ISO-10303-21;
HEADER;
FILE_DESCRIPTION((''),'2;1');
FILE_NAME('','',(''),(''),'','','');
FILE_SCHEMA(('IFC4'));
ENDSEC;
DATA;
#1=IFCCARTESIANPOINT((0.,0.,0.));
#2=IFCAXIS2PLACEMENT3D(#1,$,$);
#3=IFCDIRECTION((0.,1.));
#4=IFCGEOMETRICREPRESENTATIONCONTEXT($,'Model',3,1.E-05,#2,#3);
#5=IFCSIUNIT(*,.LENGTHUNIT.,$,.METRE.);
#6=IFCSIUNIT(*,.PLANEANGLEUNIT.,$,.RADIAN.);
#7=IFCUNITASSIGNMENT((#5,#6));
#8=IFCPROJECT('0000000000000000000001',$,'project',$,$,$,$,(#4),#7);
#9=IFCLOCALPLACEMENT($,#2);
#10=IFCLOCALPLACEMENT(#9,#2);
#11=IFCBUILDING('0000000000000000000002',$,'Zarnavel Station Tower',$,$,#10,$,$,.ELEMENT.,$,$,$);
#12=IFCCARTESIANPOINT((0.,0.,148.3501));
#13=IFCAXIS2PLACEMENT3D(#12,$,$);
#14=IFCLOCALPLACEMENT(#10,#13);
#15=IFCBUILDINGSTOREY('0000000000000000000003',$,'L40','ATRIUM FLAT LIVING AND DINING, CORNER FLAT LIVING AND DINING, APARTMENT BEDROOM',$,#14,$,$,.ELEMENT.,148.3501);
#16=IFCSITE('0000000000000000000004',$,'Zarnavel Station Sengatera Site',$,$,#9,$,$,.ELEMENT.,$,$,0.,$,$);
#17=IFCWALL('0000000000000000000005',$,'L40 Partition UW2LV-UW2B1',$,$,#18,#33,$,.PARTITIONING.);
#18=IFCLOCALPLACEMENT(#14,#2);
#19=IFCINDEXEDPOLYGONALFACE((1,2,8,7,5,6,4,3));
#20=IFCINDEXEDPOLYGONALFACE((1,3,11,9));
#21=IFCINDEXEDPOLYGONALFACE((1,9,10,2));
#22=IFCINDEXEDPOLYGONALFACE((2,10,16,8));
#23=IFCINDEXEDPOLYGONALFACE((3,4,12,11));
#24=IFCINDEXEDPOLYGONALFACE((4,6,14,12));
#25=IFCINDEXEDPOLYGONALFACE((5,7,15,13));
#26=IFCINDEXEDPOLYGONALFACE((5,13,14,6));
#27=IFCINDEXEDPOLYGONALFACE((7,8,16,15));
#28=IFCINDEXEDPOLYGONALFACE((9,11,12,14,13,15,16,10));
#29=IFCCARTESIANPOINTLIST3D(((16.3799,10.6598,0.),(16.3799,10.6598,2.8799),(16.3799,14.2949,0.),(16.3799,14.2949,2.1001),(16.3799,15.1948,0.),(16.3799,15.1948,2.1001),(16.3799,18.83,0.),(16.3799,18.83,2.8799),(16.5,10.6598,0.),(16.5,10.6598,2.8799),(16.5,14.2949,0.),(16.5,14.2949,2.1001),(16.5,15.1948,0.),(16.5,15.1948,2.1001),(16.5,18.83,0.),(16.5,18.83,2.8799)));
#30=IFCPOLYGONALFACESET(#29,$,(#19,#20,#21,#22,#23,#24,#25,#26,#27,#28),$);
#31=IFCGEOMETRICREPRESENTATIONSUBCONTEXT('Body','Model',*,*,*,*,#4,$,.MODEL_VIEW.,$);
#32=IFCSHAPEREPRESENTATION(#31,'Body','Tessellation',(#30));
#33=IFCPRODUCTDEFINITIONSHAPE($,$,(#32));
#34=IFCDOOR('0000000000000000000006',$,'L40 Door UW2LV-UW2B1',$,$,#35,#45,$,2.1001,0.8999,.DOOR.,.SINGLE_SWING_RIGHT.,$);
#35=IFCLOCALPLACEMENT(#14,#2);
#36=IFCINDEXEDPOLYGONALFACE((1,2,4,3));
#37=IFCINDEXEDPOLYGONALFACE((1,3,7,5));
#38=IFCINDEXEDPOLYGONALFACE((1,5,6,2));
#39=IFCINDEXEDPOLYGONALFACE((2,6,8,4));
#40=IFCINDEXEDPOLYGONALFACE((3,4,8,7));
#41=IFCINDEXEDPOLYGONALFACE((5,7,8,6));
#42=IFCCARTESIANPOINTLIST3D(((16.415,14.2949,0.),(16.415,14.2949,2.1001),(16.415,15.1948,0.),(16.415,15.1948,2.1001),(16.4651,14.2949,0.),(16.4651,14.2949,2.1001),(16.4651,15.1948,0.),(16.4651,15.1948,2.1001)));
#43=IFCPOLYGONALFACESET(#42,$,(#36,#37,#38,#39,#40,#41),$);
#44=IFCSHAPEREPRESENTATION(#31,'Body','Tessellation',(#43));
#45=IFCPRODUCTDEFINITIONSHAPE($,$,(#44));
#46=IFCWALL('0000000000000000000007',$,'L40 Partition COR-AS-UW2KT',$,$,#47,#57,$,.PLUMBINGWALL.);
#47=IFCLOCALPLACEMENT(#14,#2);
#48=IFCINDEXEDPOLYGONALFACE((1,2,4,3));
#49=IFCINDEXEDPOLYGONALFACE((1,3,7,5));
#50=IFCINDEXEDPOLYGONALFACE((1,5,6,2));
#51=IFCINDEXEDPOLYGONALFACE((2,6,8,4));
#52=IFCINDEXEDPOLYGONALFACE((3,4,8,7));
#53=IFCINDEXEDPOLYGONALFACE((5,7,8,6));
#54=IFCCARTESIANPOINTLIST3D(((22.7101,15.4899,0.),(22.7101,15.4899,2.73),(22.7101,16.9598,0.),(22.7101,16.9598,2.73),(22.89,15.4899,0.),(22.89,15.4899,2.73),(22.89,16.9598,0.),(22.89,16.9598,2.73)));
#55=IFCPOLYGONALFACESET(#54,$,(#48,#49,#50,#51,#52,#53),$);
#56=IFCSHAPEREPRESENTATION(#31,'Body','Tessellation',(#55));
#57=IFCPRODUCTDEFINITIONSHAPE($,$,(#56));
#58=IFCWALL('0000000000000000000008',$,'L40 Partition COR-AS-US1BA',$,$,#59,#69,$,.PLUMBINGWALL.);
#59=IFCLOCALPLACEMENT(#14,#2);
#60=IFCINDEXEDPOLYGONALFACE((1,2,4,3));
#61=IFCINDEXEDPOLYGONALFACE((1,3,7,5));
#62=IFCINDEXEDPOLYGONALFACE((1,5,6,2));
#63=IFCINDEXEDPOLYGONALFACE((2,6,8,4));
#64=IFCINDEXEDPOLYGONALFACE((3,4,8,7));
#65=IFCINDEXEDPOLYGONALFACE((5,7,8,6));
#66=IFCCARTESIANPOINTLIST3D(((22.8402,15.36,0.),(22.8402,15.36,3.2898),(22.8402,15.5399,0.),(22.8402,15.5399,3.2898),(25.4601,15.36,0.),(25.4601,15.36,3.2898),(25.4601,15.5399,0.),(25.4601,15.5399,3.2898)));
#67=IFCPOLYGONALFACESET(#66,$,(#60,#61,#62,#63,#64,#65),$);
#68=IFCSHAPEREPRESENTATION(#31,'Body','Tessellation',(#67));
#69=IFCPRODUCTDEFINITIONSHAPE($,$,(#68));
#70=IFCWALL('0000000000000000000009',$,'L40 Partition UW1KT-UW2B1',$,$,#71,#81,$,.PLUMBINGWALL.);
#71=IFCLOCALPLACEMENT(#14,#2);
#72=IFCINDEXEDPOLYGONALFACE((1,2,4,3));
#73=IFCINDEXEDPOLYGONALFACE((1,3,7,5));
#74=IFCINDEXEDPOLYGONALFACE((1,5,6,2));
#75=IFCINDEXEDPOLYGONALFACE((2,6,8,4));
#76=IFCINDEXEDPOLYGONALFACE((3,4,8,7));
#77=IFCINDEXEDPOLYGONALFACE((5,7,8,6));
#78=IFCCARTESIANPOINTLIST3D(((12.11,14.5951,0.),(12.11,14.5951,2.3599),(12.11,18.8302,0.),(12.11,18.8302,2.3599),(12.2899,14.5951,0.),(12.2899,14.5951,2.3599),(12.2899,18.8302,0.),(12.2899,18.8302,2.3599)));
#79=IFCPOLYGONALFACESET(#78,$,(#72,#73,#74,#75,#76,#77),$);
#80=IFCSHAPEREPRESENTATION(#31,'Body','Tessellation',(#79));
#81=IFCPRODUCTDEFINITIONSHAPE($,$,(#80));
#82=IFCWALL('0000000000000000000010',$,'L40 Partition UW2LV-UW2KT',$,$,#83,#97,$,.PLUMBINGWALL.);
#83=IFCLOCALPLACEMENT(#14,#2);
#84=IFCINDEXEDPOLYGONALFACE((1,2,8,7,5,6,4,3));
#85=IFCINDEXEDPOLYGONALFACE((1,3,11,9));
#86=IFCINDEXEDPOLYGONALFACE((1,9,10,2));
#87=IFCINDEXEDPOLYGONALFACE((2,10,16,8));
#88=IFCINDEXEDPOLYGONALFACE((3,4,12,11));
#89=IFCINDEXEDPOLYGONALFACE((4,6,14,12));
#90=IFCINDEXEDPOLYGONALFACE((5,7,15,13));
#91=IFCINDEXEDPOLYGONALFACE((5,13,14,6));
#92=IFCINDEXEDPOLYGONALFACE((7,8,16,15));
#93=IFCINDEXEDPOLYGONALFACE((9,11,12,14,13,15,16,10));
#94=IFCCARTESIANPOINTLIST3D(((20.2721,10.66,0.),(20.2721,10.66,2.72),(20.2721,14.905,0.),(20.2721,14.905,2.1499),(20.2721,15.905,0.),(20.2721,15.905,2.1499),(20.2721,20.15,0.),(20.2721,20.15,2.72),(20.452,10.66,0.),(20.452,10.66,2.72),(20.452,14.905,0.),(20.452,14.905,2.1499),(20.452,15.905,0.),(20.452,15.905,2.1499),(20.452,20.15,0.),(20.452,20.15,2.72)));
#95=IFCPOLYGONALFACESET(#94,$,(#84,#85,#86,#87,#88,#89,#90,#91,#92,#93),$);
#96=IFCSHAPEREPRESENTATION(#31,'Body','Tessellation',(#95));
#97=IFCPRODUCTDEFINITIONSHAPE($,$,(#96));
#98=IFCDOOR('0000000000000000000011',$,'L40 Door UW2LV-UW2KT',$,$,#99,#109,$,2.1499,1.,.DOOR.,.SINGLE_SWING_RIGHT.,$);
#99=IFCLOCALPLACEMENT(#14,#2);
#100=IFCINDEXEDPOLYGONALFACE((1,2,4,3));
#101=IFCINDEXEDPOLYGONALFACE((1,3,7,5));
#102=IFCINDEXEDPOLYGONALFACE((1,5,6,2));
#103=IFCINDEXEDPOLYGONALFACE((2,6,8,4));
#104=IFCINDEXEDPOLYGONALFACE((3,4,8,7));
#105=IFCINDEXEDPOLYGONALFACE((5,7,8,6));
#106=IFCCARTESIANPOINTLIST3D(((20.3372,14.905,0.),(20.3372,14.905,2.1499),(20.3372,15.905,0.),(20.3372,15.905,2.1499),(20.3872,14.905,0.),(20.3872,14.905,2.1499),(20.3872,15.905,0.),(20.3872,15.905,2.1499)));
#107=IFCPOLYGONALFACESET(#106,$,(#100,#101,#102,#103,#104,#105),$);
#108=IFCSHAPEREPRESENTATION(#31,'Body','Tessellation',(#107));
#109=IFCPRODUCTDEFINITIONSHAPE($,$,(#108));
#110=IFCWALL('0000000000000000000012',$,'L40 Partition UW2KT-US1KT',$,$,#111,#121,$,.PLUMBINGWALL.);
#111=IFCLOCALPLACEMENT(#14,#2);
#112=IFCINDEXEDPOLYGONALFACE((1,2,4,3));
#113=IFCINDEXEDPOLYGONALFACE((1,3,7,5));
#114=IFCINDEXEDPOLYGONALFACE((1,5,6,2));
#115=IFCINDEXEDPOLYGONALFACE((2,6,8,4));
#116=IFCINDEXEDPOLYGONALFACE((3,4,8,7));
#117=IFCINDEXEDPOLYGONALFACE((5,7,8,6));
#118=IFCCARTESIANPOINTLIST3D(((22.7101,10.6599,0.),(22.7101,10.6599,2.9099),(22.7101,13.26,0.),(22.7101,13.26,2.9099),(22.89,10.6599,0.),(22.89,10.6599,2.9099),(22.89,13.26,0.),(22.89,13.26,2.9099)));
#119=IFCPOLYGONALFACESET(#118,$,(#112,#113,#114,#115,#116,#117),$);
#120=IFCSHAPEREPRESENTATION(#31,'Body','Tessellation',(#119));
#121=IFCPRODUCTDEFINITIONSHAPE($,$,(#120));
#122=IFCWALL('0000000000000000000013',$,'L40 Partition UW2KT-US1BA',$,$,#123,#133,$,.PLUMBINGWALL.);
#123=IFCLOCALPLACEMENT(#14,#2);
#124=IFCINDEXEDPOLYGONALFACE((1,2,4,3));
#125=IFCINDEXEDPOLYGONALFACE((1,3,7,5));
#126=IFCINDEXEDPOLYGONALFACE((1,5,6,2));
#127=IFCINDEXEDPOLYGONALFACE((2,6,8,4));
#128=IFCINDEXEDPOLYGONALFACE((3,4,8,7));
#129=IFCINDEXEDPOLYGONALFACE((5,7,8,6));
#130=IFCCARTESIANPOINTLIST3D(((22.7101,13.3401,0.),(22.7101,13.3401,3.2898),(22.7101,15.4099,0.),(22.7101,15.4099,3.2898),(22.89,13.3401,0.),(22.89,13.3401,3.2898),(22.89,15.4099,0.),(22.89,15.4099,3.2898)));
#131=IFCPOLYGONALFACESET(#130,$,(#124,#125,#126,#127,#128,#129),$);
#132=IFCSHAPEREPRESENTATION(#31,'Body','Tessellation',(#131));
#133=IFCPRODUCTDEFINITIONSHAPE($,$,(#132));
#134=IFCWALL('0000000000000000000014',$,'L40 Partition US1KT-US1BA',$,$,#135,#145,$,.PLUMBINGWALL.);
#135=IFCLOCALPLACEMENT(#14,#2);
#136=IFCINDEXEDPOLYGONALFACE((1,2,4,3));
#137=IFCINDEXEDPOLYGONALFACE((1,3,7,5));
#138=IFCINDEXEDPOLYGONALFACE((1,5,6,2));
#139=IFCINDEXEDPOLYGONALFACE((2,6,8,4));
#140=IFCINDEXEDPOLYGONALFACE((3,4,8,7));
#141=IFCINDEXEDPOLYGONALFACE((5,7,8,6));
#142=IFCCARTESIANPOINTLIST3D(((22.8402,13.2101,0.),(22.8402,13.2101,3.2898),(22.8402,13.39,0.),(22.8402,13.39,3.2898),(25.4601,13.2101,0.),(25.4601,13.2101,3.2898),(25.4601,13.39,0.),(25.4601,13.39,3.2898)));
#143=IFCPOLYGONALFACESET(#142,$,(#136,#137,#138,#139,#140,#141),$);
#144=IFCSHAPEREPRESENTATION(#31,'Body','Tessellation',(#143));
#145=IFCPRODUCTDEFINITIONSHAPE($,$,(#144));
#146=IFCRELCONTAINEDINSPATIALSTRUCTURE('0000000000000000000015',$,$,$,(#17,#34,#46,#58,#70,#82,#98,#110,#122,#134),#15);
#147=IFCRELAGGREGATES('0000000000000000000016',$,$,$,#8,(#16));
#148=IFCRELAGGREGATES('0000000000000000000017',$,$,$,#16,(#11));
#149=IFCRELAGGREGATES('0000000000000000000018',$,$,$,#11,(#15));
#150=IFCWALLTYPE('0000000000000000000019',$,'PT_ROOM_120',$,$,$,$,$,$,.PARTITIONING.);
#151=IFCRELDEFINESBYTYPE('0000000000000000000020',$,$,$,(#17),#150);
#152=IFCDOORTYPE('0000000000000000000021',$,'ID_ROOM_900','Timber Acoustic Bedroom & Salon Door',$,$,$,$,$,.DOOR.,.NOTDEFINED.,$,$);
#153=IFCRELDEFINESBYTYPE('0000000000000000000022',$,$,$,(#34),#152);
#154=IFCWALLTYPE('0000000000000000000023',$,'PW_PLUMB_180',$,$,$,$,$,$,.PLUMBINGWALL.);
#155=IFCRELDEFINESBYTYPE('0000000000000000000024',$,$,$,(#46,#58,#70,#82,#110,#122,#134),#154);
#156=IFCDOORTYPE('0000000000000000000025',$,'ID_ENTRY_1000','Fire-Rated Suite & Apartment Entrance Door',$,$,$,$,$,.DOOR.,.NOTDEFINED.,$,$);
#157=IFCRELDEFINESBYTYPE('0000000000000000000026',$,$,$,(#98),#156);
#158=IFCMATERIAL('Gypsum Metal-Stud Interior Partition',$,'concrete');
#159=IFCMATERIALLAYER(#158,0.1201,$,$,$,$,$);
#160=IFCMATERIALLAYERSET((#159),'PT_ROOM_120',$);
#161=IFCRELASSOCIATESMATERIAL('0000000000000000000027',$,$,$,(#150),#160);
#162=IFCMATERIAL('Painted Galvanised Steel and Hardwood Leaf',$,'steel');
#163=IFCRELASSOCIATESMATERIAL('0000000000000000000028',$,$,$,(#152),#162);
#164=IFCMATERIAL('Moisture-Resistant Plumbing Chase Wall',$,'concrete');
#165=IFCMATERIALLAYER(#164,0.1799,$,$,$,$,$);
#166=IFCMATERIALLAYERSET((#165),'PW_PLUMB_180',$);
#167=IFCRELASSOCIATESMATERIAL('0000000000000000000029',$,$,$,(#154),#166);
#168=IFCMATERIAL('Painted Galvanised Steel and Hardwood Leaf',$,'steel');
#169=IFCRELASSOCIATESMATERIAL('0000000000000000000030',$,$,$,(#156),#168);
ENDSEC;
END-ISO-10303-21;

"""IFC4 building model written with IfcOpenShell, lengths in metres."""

from ifc_helpers import new_model, si_unit, direction, frame, frame_2d, origin, place, context, subcontext, project, spatial, rectangle, extrude, material, layer, layer_set, type_object, element, fill, save


model = new_model("IFC4")

# Units and contexts
model_context = context("Model", 3, precision=1e-05, world=origin(), true_north=direction((0.0, 1.0)))
body_context = subcontext(model_context, "Body", "Model", "MODEL_VIEW")
ifc_project = project(units=[si_unit("LENGTHUNIT", "METRE"), si_unit("PLANEANGLEUNIT", "RADIAN")], contexts=[model_context])

# Site, building, storey
site_placement = place(None, origin())
site = spatial("IfcSite", under=ifc_project, at=site_placement, Name="Zarnavel Station Sengatera Site", CompositionType="ELEMENT", RefElevation=0.0)
building_placement = place(site_placement, origin())
building = spatial("IfcBuilding", under=site, at=building_placement, Name="Zarnavel Station Tower", CompositionType="ELEMENT")
storey_placement = place(building_placement, frame((0.0, 0.0, 148.3501)))
storey = spatial("IfcBuildingStorey", under=building, at=storey_placement, Name="L40", Description="ATRIUM FLAT LIVING AND DINING, CORNER FLAT LIVING AND DINING, APARTMENT BEDROOM", CompositionType="ELEMENT", Elevation=148.3501)

# Wall, opening, door
ifc_material_1 = material(Name="Gypsum Metal-Stud Interior Partition", Category="concrete")
ifc_layer_1 = layer(ifc_material_1, 0.1201)
ifc_layer_set_1 = layer_set([ifc_layer_1], Name="PT_ROOM_120")
wall_type_1 = type_object("IfcWallType", Name="PT_ROOM_120", PredefinedType="PARTITIONING", material=ifc_layer_set_1)
wall_1_placement = place(storey_placement, frame((16.4399, 10.6599, 0.0), z_axis=(0.0, 0.0, 1.0), x_axis=(0.0, 1.0, 0.0)))
wall_1 = element("IfcWall", 1, at=wall_1_placement, inside=storey, type_object=wall_type_1, Name="L40 Partition UW2LV-UW2B1", PredefinedType="PARTITIONING", context=body_context, shape_type="SweptSolid", body=[
    extrude(rectangle(XDim=8.1702, YDim=0.1201, at=frame_2d((4.085, 0.0))), origin(), (0.0, 0.0, 1.0), 2.8799),
])
opening_1_placement = place(wall_1_placement, frame((3.635, 0.0, 0.0)))
opening_1 = element("IfcOpeningElement", 2, at=opening_1_placement, cuts=wall_1, PredefinedType="OPENING", context=body_context, shape_type="SweptSolid", body=[
    extrude(rectangle(XDim=0.8999, YDim=2.1001, at=frame_2d((0.45, 1.05))), frame((0.0, 0.0701, 0.0), z_axis=(0.0, -1.0, 0.0), x_axis=(1.0, 0.0, 0.0)), (0.0, 0.0, 1.0), 0.1401),
])
ifc_material_2 = material(Name="Painted Galvanised Steel and Hardwood Leaf", Category="steel")
door_type_1 = type_object("IfcDoorType", Name="ID_ROOM_900", Description="Timber Acoustic Bedroom & Salon Door", OperationType="NOTDEFINED", PredefinedType="DOOR", material=ifc_material_2)
door_1_placement = place(opening_1_placement, origin())
door_1 = element("IfcDoor", 3, at=door_1_placement, inside=storey, type_object=door_type_1, Name="L40 Door UW2LV-UW2B1", OperationType="SINGLE_SWING_RIGHT", OverallHeight=2.1001, OverallWidth=0.8999, PredefinedType="DOOR", context=body_context, shape_type="SweptSolid", body=[
    extrude(rectangle(XDim=0.8999, YDim=2.1001, at=frame_2d((0.45, 1.05))), frame((0.0, 0.0249, 0.0), z_axis=(0.0, -1.0, 0.0), x_axis=(1.0, 0.0, 0.0)), (0.0, 0.0, 1.0), 0.05),
])
fill(opening_1, door_1)

# Walls
ifc_material_3 = material(Name="Moisture-Resistant Plumbing Chase Wall", Category="concrete")
ifc_layer_2 = layer(ifc_material_3, 0.1799)
ifc_layer_set_2 = layer_set([ifc_layer_2], Name="PW_PLUMB_180")
wall_type_2 = type_object("IfcWallType", Name="PW_PLUMB_180", PredefinedType="PLUMBINGWALL", material=ifc_layer_set_2)
wall_2_placement = place(storey_placement, frame((22.8, 15.49, 0.0), z_axis=(0.0, 0.0, 1.0), x_axis=(0.0, 1.0, 0.0)))
element("IfcWall", 4, at=wall_2_placement, inside=storey, type_object=wall_type_2, Name="L40 Partition COR-AS-UW2KT", PredefinedType="PLUMBINGWALL", context=body_context, shape_type="SweptSolid", body=[
    extrude(rectangle(XDim=1.47, YDim=0.1799, at=frame_2d((0.7349, 0.0))), origin(), (0.0, 0.0, 1.0), 2.73),
])
wall_3_placement = place(storey_placement, frame((22.8401, 15.45, 0.0), z_axis=(0.0, 0.0, 1.0), x_axis=(1.0, 0.0, 0.0)))
element("IfcWall", 5, at=wall_3_placement, inside=storey, type_object=wall_type_2, Name="L40 Partition COR-AS-US1BA", PredefinedType="PLUMBINGWALL", context=body_context, shape_type="SweptSolid", body=[
    extrude(rectangle(XDim=2.6199, YDim=0.1799, at=frame_2d((1.3101, 0.0))), origin(), (0.0, 0.0, 1.0), 3.2898),
])
wall_4_placement = place(storey_placement, frame((12.2, 14.595, 0.0), z_axis=(0.0, 0.0, 1.0), x_axis=(0.0, 1.0, 0.0)))
element("IfcWall", 6, at=wall_4_placement, inside=storey, type_object=wall_type_2, Name="L40 Partition UW1KT-UW2B1", PredefinedType="PLUMBINGWALL", context=body_context, shape_type="SweptSolid", body=[
    extrude(rectangle(XDim=4.2351, YDim=0.1799, at=frame_2d((2.1177, 0.0))), origin(), (0.0, 0.0, 1.0), 2.3599),
])

# Wall, opening, door
wall_5_placement = place(storey_placement, frame((20.3621, 10.6599, 0.0), z_axis=(0.0, 0.0, 1.0), x_axis=(0.0, 1.0, 0.0)))
wall_5 = element("IfcWall", 7, at=wall_5_placement, inside=storey, type_object=wall_type_2, Name="L40 Partition UW2LV-UW2KT", PredefinedType="PLUMBINGWALL", context=body_context, shape_type="SweptSolid", body=[
    extrude(rectangle(XDim=9.49, YDim=0.1799, at=frame_2d((4.7451, 0.0))), origin(), (0.0, 0.0, 1.0), 2.72),
])
opening_2_placement = place(wall_5_placement, frame((4.2451, 0.0, 0.0)))
opening_2 = element("IfcOpeningElement", 8, at=opening_2_placement, cuts=wall_5, PredefinedType="OPENING", context=body_context, shape_type="SweptSolid", body=[
    extrude(rectangle(XDim=1.0, YDim=2.1499, at=frame_2d((0.5, 1.075))), frame((0.0, 0.0999, 0.0), z_axis=(0.0, -1.0, 0.0), x_axis=(1.0, 0.0, 0.0)), (0.0, 0.0, 1.0), 0.2),
])
ifc_material_4 = material(Name="Painted Galvanised Steel and Hardwood Leaf", Category="steel")
door_type_2 = type_object("IfcDoorType", Name="ID_ENTRY_1000", Description="Fire-Rated Suite & Apartment Entrance Door", OperationType="NOTDEFINED", PredefinedType="DOOR", material=ifc_material_4)
door_2_placement = place(opening_2_placement, origin())
door_2 = element("IfcDoor", 9, at=door_2_placement, inside=storey, type_object=door_type_2, Name="L40 Door UW2LV-UW2KT", OperationType="SINGLE_SWING_RIGHT", OverallHeight=2.1499, OverallWidth=1.0, PredefinedType="DOOR", context=body_context, shape_type="SweptSolid", body=[
    extrude(rectangle(XDim=1.0, YDim=2.1499, at=frame_2d((0.5, 1.075))), frame((0.0, 0.0249, 0.0), z_axis=(0.0, -1.0, 0.0), x_axis=(1.0, 0.0, 0.0)), (0.0, 0.0, 1.0), 0.05),
])
fill(opening_2, door_2)

# Walls
wall_6_placement = place(storey_placement, frame((22.8, 10.6599, 0.0), z_axis=(0.0, 0.0, 1.0), x_axis=(0.0, 1.0, 0.0)))
element("IfcWall", 10, at=wall_6_placement, inside=storey, type_object=wall_type_2, Name="L40 Partition UW2KT-US1KT", PredefinedType="PLUMBINGWALL", context=body_context, shape_type="SweptSolid", body=[
    extrude(rectangle(XDim=2.6001, YDim=0.1799, at=frame_2d((1.3, 0.0))), origin(), (0.0, 0.0, 1.0), 2.9099),
])
wall_7_placement = place(storey_placement, frame((22.8, 13.3401, 0.0), z_axis=(0.0, 0.0, 1.0), x_axis=(0.0, 1.0, 0.0)))
element("IfcWall", 11, at=wall_7_placement, inside=storey, type_object=wall_type_2, Name="L40 Partition UW2KT-US1BA", PredefinedType="PLUMBINGWALL", context=body_context, shape_type="SweptSolid", body=[
    extrude(rectangle(XDim=2.0698, YDim=0.1799, at=frame_2d((1.0349, 0.0))), origin(), (0.0, 0.0, 1.0), 3.2898),
])
wall_8_placement = place(storey_placement, frame((22.8401, 13.3, 0.0), z_axis=(0.0, 0.0, 1.0), x_axis=(1.0, 0.0, 0.0)))
element("IfcWall", 12, at=wall_8_placement, inside=storey, type_object=wall_type_2, Name="L40 Partition US1KT-US1BA", PredefinedType="PLUMBINGWALL", context=body_context, shape_type="SweptSolid", body=[
    extrude(rectangle(XDim=2.6199, YDim=0.1799, at=frame_2d((1.3101, 0.0))), origin(), (0.0, 0.0, 1.0), 3.2898),
])

save(model, "model.ifc")
